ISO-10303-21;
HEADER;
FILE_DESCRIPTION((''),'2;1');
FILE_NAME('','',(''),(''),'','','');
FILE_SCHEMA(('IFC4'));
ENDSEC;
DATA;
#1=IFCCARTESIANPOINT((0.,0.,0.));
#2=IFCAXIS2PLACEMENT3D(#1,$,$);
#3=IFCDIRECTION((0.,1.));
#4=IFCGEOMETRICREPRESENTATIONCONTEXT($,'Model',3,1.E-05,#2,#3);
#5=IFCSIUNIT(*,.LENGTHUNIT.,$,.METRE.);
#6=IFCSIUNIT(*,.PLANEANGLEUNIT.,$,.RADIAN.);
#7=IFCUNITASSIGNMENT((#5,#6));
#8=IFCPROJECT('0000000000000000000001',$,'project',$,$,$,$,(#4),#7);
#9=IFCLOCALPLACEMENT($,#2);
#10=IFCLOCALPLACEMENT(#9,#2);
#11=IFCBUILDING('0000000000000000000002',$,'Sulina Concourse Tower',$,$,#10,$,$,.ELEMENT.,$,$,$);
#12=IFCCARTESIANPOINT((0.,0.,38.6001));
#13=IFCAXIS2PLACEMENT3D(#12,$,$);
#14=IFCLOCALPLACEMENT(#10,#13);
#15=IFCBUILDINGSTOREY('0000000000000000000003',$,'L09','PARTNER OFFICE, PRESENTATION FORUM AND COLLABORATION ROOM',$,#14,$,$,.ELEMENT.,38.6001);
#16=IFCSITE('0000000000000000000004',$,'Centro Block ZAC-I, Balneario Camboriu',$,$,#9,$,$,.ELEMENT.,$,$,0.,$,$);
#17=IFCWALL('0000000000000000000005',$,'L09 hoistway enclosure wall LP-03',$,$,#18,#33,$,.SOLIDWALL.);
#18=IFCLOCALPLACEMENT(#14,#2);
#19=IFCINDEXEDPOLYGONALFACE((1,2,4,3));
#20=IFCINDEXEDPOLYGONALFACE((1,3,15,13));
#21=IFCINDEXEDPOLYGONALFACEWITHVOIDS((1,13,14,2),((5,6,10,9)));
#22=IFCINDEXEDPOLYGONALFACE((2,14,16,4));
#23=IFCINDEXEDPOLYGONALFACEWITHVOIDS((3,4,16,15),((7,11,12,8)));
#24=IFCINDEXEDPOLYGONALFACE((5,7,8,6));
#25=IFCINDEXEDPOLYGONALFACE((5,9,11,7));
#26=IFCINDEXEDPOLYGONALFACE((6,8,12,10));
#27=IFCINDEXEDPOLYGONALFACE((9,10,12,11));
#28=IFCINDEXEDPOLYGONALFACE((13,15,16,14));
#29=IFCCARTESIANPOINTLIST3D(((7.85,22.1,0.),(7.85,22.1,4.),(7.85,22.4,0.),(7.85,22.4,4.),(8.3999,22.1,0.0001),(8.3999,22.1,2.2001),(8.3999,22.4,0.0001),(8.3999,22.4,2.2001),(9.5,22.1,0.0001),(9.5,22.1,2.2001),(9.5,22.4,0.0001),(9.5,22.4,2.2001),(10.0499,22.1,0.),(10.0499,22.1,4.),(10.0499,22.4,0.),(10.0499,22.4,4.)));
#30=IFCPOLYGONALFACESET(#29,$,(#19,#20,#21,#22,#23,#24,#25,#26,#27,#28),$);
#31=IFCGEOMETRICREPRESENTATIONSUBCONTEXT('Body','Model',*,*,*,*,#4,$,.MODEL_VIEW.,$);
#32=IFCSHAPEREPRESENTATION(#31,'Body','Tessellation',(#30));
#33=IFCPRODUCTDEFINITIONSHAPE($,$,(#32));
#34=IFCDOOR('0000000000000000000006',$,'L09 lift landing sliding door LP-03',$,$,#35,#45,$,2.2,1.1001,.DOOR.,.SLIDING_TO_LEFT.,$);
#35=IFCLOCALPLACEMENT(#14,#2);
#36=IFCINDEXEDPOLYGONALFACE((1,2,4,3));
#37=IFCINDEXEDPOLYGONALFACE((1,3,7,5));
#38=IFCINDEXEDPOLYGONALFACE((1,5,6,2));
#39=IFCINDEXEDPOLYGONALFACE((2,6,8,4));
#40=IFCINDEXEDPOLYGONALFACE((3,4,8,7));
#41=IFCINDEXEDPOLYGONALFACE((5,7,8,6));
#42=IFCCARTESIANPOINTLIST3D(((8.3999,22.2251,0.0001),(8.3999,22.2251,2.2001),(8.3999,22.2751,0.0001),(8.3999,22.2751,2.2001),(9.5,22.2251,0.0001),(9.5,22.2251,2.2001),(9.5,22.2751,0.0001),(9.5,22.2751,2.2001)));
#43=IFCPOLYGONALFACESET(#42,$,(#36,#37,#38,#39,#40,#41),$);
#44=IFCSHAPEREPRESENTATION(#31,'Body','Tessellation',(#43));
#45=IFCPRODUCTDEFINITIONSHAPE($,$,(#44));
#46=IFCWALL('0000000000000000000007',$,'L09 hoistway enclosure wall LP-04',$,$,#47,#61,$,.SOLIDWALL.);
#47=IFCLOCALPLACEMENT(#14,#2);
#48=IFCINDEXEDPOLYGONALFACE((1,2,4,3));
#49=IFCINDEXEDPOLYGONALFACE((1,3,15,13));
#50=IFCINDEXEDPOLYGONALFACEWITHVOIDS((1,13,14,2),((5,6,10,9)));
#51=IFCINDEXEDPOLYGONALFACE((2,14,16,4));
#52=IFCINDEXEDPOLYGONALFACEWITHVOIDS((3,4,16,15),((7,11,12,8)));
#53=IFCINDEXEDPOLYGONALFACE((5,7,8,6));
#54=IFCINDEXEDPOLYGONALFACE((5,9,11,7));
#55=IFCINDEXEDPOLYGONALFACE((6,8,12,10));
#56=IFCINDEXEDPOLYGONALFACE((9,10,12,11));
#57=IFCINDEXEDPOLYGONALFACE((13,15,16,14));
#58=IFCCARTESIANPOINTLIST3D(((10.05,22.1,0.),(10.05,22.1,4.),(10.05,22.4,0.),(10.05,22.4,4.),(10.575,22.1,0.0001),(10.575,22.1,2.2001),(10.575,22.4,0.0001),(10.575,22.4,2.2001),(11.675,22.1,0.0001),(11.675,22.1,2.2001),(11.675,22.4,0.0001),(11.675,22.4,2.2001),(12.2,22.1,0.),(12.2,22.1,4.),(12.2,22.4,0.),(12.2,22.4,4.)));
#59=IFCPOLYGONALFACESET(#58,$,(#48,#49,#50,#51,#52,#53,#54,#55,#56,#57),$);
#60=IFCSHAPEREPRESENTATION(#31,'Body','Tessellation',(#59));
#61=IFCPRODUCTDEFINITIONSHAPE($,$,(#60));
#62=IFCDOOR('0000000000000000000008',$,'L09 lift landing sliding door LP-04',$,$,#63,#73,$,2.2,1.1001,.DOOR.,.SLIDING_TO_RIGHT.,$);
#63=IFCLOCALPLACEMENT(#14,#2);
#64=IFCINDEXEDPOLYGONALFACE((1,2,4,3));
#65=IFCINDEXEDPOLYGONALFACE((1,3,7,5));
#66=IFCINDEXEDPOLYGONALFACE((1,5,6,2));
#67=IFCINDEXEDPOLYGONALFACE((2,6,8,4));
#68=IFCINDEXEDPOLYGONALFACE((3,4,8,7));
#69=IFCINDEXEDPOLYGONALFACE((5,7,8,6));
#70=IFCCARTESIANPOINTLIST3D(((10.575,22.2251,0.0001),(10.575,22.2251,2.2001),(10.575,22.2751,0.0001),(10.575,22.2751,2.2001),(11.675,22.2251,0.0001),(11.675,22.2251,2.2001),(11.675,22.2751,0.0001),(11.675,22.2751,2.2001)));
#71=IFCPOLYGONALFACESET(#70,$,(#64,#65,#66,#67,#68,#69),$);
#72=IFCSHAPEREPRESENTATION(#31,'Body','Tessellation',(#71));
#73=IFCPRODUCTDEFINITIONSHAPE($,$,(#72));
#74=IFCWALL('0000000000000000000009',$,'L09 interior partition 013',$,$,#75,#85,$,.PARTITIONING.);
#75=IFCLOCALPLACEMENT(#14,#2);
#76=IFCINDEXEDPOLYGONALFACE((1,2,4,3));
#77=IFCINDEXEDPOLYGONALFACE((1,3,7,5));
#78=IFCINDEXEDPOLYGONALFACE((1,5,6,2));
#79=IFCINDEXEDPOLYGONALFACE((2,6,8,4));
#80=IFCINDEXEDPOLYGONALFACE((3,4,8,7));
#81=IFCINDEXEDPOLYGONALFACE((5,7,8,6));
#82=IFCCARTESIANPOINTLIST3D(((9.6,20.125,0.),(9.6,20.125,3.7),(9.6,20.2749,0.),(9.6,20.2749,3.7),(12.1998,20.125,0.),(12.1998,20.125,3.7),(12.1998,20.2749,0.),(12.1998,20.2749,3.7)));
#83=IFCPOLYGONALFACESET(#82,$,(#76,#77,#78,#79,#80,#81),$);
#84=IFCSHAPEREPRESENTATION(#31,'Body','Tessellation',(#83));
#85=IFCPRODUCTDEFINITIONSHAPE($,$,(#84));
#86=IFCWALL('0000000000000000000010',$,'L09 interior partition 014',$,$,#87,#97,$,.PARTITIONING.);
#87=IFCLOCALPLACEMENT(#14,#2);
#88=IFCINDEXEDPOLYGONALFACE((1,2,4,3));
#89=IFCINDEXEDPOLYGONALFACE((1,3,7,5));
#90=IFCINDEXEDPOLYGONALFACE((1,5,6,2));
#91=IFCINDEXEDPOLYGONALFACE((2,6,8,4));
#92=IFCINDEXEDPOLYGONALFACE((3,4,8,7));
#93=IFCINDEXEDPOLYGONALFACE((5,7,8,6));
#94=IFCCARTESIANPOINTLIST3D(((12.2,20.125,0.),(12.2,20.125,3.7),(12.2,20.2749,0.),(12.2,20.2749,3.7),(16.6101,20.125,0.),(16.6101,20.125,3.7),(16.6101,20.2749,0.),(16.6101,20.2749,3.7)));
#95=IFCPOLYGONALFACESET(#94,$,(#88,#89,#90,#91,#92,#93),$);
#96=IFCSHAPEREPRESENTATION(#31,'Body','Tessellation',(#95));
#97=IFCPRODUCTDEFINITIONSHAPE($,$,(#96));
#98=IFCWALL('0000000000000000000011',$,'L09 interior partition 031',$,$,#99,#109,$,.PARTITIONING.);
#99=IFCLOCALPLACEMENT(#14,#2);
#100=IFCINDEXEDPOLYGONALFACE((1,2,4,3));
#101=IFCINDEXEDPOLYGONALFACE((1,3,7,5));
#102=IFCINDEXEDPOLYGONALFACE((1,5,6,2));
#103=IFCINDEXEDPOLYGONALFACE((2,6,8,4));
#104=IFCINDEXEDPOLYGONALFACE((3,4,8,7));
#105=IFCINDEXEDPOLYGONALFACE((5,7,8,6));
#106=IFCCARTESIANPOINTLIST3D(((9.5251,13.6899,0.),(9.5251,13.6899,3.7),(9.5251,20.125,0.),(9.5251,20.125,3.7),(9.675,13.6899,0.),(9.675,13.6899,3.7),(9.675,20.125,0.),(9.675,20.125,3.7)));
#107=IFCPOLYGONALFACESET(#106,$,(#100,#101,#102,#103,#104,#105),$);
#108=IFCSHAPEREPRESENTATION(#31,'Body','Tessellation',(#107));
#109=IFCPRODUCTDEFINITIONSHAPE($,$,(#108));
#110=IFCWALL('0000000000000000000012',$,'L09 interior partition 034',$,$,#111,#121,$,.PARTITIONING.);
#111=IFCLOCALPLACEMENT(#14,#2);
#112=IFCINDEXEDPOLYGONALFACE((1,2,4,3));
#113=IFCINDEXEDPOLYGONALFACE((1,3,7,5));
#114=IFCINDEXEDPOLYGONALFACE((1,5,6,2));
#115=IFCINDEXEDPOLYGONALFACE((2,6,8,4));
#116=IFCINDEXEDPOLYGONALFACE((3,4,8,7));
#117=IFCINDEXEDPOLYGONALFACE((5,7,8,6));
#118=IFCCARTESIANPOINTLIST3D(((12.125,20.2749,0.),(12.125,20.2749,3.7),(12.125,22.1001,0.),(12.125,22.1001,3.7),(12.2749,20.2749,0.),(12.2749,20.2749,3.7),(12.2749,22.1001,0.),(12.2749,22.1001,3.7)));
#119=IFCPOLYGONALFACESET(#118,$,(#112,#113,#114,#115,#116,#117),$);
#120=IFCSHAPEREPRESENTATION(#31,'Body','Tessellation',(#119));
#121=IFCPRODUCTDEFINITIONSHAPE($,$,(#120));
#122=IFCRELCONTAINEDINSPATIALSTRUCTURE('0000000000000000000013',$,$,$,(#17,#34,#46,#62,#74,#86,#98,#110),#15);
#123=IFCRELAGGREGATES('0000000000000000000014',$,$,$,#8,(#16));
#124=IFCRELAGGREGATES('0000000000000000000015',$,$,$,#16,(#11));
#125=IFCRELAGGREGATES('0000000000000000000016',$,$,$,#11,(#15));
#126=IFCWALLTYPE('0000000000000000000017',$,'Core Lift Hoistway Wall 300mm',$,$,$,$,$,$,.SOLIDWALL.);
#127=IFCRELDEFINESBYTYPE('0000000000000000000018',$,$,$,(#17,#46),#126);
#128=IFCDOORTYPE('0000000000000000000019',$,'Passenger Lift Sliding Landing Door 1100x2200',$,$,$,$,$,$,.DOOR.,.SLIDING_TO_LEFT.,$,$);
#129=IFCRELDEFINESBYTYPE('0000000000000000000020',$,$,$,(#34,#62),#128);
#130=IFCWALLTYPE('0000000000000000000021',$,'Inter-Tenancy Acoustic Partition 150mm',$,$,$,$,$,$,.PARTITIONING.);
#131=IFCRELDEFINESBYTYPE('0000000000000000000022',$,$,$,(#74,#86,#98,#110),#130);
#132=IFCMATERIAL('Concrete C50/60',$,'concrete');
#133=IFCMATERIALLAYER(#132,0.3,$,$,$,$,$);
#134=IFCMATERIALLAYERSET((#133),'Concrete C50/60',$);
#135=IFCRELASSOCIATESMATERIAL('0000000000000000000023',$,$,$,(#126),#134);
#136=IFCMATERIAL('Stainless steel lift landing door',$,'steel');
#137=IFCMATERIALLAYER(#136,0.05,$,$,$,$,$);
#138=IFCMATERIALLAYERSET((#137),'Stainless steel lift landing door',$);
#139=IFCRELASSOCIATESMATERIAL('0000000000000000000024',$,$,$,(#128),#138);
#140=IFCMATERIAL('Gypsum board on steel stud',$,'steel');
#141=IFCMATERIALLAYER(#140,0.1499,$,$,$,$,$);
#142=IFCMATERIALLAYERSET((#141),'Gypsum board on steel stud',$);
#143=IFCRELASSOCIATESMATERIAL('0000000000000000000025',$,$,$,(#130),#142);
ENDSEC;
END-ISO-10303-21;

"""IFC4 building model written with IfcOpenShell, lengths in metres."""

from ifc_helpers import new_model, si_unit, direction, frame, frame_2d, origin, place, context, subcontext, project, spatial, rectangle, extrude, material, layer, layer_set, type_object, element, fill, save


model = new_model("IFC4")

# Units and contexts
model_context = context("Model", 3, precision=1e-05, world=origin(), true_north=direction((0.0, 1.0)))
body_context = subcontext(model_context, "Body", "Model", "MODEL_VIEW")
ifc_project = project(units=[si_unit("LENGTHUNIT", "METRE"), si_unit("PLANEANGLEUNIT", "RADIAN")], contexts=[model_context])

# Site, building, storey
site_placement = place(None, origin())
site = spatial("IfcSite", under=ifc_project, at=site_placement, Name="Centro Block ZAC-I, Balneario Camboriu", CompositionType="ELEMENT", RefElevation=0.0)
building_placement = place(site_placement, origin())
building = spatial("IfcBuilding", under=site, at=building_placement, Name="Sulina Concourse Tower", CompositionType="ELEMENT")
storey_placement = place(building_placement, frame((0.0, 0.0, 38.6001)))
storey = spatial("IfcBuildingStorey", under=building, at=storey_placement, Name="L09", Description="PARTNER OFFICE, PRESENTATION FORUM AND COLLABORATION ROOM", CompositionType="ELEMENT", Elevation=38.6001)

# Walls, openings, doors
ifc_material_1 = material(Name="Concrete C50/60", Category="concrete")
ifc_layer_1 = layer(ifc_material_1, 0.3)
ifc_layer_set_1 = layer_set([ifc_layer_1], Name="Concrete C50/60")
wall_type_1 = type_object("IfcWallType", Name="Core Lift Hoistway Wall 300mm", PredefinedType="SOLIDWALL", material=ifc_layer_set_1)
wall_1_placement = place(storey_placement, frame((10.05, 22.25, 0.0), z_axis=(0.0, 0.0, 1.0), x_axis=(-1.0, 0.0, 0.0)))
wall_1 = element("IfcWall", 1, at=wall_1_placement, inside=storey, type_object=wall_type_1, Name="L09 hoistway enclosure wall LP-03", PredefinedType="SOLIDWALL", context=body_context, shape_type="SweptSolid", body=[
    extrude(rectangle(XDim=2.2, YDim=0.3, at=frame_2d((1.1001, 0.0))), origin(), (0.0, 0.0, 1.0), 4.0),
])
opening_1_placement = place(wall_1_placement, frame((0.55, 0.0, 0.0)))
opening_1 = element("IfcOpeningElement", 2, at=opening_1_placement, cuts=wall_1, PredefinedType="OPENING", context=body_context, shape_type="SweptSolid", body=[
    extrude(rectangle(XDim=1.1001, YDim=2.2, at=frame_2d((0.55, 1.1001))), frame((0.0, 0.1599, 0.0), z_axis=(0.0, -1.0, 0.0), x_axis=(1.0, 0.0, 0.0)), (0.0, 0.0, 1.0), 0.3201),
])
ifc_material_2 = material(Name="Stainless steel lift landing door", Category="steel")
ifc_layer_2 = layer(ifc_material_2, 0.05)
ifc_layer_set_2 = layer_set([ifc_layer_2], Name="Stainless steel lift landing door")
door_type_1 = type_object("IfcDoorType", Name="Passenger Lift Sliding Landing Door 1100x2200", OperationType="SLIDING_TO_LEFT", PredefinedType="DOOR", material=ifc_layer_set_2)
door_1_placement = place(opening_1_placement, origin())
door_1 = element("IfcDoor", 3, at=door_1_placement, inside=storey, type_object=door_type_1, Name="L09 lift landing sliding door LP-03", OperationType="SLIDING_TO_LEFT", OverallHeight=2.2, OverallWidth=1.1001, PredefinedType="DOOR", context=body_context, shape_type="SweptSolid", body=[
    extrude(rectangle(XDim=1.1001, YDim=2.2, at=frame_2d((0.55, 1.1001))), frame((0.0, 0.0249, 0.0), z_axis=(0.0, -1.0, 0.0), x_axis=(1.0, 0.0, 0.0)), (0.0, 0.0, 1.0), 0.05),
])
fill(opening_1, door_1)
wall_2_placement = place(storey_placement, frame((12.2, 22.25, 0.0), z_axis=(0.0, 0.0, 1.0), x_axis=(-1.0, 0.0, 0.0)))
wall_2 = element("IfcWall", 4, at=wall_2_placement, inside=storey, type_object=wall_type_1, Name="L09 hoistway enclosure wall LP-04", PredefinedType="SOLIDWALL", context=body_context, shape_type="SweptSolid", body=[
    extrude(rectangle(XDim=2.1499, YDim=0.3, at=frame_2d((1.075, 0.0))), origin(), (0.0, 0.0, 1.0), 4.0),
])
opening_2_placement = place(wall_2_placement, frame((0.5249, 0.0, 0.0)))
opening_2 = element("IfcOpeningElement", 5, at=opening_2_placement, cuts=wall_2, PredefinedType="OPENING", context=body_context, shape_type="SweptSolid", body=[
    extrude(rectangle(XDim=1.1001, YDim=2.2, at=frame_2d((0.55, 1.1001))), frame((0.0, 0.1599, 0.0), z_axis=(0.0, -1.0, 0.0), x_axis=(1.0, 0.0, 0.0)), (0.0, 0.0, 1.0), 0.3201),
])
door_2_placement = place(opening_2_placement, origin())
door_2 = element("IfcDoor", 6, at=door_2_placement, inside=storey, type_object=door_type_1, Name="L09 lift landing sliding door LP-04", OperationType="SLIDING_TO_RIGHT", OverallHeight=2.2, OverallWidth=1.1001, PredefinedType="DOOR", context=body_context, shape_type="SweptSolid", body=[
    extrude(rectangle(XDim=1.1001, YDim=2.2, at=frame_2d((0.55, 1.1001))), frame((0.0, 0.0249, 0.0), z_axis=(0.0, -1.0, 0.0), x_axis=(1.0, 0.0, 0.0)), (0.0, 0.0, 1.0), 0.05),
])
fill(opening_2, door_2)

# Walls
ifc_material_3 = material(Name="Gypsum board on steel stud", Category="steel")
ifc_layer_3 = layer(ifc_material_3, 0.1499)
ifc_layer_set_3 = layer_set([ifc_layer_3], Name="Gypsum board on steel stud")
wall_type_2 = type_object("IfcWallType", Name="Inter-Tenancy Acoustic Partition 150mm", PredefinedType="PARTITIONING", material=ifc_layer_set_3)
wall_3_placement = place(storey_placement, frame((9.6001, 20.2, 0.0), z_axis=(0.0, 0.0, 1.0), x_axis=(1.0, 0.0, 0.0)))
element("IfcWall", 7, at=wall_3_placement, inside=storey, type_object=wall_type_2, Name="L09 interior partition 013", PredefinedType="PARTITIONING", context=body_context, shape_type="SweptSolid", body=[
    extrude(rectangle(XDim=2.5999, YDim=0.1499, at=frame_2d((1.2998, 0.0))), origin(), (0.0, 0.0, 1.0), 3.7),
])
wall_4_placement = place(storey_placement, frame((12.2, 20.2, 0.0), z_axis=(0.0, 0.0, 1.0), x_axis=(1.0, 0.0, 0.0)))
element("IfcWall", 8, at=wall_4_placement, inside=storey, type_object=wall_type_2, Name="L09 interior partition 014", PredefinedType="PARTITIONING", context=body_context, shape_type="SweptSolid", body=[
    extrude(rectangle(XDim=4.4102, YDim=0.1499, at=frame_2d((2.2051, 0.0))), origin(), (0.0, 0.0, 1.0), 3.7),
])
wall_5_placement = place(storey_placement, frame((9.6001, 13.6899, 0.0), z_axis=(0.0, 0.0, 1.0), x_axis=(0.0, 1.0, 0.0)))
element("IfcWall", 9, at=wall_5_placement, inside=storey, type_object=wall_type_2, Name="L09 interior partition 031", PredefinedType="PARTITIONING", context=body_context, shape_type="SweptSolid", body=[
    extrude(rectangle(XDim=6.4351, YDim=0.1499, at=frame_2d((3.2175, 0.0))), origin(), (0.0, 0.0, 1.0), 3.7),
])
wall_6_placement = place(storey_placement, frame((12.2, 20.2749, 0.0), z_axis=(0.0, 0.0, 1.0), x_axis=(0.0, 1.0, 0.0)))
element("IfcWall", 10, at=wall_6_placement, inside=storey, type_object=wall_type_2, Name="L09 interior partition 034", PredefinedType="PARTITIONING", context=body_context, shape_type="SweptSolid", body=[
    extrude(rectangle(XDim=1.8252, YDim=0.1499, at=frame_2d((0.9126, 0.0))), origin(), (0.0, 0.0, 1.0), 3.7),
])

save(model, "model.ifc")
